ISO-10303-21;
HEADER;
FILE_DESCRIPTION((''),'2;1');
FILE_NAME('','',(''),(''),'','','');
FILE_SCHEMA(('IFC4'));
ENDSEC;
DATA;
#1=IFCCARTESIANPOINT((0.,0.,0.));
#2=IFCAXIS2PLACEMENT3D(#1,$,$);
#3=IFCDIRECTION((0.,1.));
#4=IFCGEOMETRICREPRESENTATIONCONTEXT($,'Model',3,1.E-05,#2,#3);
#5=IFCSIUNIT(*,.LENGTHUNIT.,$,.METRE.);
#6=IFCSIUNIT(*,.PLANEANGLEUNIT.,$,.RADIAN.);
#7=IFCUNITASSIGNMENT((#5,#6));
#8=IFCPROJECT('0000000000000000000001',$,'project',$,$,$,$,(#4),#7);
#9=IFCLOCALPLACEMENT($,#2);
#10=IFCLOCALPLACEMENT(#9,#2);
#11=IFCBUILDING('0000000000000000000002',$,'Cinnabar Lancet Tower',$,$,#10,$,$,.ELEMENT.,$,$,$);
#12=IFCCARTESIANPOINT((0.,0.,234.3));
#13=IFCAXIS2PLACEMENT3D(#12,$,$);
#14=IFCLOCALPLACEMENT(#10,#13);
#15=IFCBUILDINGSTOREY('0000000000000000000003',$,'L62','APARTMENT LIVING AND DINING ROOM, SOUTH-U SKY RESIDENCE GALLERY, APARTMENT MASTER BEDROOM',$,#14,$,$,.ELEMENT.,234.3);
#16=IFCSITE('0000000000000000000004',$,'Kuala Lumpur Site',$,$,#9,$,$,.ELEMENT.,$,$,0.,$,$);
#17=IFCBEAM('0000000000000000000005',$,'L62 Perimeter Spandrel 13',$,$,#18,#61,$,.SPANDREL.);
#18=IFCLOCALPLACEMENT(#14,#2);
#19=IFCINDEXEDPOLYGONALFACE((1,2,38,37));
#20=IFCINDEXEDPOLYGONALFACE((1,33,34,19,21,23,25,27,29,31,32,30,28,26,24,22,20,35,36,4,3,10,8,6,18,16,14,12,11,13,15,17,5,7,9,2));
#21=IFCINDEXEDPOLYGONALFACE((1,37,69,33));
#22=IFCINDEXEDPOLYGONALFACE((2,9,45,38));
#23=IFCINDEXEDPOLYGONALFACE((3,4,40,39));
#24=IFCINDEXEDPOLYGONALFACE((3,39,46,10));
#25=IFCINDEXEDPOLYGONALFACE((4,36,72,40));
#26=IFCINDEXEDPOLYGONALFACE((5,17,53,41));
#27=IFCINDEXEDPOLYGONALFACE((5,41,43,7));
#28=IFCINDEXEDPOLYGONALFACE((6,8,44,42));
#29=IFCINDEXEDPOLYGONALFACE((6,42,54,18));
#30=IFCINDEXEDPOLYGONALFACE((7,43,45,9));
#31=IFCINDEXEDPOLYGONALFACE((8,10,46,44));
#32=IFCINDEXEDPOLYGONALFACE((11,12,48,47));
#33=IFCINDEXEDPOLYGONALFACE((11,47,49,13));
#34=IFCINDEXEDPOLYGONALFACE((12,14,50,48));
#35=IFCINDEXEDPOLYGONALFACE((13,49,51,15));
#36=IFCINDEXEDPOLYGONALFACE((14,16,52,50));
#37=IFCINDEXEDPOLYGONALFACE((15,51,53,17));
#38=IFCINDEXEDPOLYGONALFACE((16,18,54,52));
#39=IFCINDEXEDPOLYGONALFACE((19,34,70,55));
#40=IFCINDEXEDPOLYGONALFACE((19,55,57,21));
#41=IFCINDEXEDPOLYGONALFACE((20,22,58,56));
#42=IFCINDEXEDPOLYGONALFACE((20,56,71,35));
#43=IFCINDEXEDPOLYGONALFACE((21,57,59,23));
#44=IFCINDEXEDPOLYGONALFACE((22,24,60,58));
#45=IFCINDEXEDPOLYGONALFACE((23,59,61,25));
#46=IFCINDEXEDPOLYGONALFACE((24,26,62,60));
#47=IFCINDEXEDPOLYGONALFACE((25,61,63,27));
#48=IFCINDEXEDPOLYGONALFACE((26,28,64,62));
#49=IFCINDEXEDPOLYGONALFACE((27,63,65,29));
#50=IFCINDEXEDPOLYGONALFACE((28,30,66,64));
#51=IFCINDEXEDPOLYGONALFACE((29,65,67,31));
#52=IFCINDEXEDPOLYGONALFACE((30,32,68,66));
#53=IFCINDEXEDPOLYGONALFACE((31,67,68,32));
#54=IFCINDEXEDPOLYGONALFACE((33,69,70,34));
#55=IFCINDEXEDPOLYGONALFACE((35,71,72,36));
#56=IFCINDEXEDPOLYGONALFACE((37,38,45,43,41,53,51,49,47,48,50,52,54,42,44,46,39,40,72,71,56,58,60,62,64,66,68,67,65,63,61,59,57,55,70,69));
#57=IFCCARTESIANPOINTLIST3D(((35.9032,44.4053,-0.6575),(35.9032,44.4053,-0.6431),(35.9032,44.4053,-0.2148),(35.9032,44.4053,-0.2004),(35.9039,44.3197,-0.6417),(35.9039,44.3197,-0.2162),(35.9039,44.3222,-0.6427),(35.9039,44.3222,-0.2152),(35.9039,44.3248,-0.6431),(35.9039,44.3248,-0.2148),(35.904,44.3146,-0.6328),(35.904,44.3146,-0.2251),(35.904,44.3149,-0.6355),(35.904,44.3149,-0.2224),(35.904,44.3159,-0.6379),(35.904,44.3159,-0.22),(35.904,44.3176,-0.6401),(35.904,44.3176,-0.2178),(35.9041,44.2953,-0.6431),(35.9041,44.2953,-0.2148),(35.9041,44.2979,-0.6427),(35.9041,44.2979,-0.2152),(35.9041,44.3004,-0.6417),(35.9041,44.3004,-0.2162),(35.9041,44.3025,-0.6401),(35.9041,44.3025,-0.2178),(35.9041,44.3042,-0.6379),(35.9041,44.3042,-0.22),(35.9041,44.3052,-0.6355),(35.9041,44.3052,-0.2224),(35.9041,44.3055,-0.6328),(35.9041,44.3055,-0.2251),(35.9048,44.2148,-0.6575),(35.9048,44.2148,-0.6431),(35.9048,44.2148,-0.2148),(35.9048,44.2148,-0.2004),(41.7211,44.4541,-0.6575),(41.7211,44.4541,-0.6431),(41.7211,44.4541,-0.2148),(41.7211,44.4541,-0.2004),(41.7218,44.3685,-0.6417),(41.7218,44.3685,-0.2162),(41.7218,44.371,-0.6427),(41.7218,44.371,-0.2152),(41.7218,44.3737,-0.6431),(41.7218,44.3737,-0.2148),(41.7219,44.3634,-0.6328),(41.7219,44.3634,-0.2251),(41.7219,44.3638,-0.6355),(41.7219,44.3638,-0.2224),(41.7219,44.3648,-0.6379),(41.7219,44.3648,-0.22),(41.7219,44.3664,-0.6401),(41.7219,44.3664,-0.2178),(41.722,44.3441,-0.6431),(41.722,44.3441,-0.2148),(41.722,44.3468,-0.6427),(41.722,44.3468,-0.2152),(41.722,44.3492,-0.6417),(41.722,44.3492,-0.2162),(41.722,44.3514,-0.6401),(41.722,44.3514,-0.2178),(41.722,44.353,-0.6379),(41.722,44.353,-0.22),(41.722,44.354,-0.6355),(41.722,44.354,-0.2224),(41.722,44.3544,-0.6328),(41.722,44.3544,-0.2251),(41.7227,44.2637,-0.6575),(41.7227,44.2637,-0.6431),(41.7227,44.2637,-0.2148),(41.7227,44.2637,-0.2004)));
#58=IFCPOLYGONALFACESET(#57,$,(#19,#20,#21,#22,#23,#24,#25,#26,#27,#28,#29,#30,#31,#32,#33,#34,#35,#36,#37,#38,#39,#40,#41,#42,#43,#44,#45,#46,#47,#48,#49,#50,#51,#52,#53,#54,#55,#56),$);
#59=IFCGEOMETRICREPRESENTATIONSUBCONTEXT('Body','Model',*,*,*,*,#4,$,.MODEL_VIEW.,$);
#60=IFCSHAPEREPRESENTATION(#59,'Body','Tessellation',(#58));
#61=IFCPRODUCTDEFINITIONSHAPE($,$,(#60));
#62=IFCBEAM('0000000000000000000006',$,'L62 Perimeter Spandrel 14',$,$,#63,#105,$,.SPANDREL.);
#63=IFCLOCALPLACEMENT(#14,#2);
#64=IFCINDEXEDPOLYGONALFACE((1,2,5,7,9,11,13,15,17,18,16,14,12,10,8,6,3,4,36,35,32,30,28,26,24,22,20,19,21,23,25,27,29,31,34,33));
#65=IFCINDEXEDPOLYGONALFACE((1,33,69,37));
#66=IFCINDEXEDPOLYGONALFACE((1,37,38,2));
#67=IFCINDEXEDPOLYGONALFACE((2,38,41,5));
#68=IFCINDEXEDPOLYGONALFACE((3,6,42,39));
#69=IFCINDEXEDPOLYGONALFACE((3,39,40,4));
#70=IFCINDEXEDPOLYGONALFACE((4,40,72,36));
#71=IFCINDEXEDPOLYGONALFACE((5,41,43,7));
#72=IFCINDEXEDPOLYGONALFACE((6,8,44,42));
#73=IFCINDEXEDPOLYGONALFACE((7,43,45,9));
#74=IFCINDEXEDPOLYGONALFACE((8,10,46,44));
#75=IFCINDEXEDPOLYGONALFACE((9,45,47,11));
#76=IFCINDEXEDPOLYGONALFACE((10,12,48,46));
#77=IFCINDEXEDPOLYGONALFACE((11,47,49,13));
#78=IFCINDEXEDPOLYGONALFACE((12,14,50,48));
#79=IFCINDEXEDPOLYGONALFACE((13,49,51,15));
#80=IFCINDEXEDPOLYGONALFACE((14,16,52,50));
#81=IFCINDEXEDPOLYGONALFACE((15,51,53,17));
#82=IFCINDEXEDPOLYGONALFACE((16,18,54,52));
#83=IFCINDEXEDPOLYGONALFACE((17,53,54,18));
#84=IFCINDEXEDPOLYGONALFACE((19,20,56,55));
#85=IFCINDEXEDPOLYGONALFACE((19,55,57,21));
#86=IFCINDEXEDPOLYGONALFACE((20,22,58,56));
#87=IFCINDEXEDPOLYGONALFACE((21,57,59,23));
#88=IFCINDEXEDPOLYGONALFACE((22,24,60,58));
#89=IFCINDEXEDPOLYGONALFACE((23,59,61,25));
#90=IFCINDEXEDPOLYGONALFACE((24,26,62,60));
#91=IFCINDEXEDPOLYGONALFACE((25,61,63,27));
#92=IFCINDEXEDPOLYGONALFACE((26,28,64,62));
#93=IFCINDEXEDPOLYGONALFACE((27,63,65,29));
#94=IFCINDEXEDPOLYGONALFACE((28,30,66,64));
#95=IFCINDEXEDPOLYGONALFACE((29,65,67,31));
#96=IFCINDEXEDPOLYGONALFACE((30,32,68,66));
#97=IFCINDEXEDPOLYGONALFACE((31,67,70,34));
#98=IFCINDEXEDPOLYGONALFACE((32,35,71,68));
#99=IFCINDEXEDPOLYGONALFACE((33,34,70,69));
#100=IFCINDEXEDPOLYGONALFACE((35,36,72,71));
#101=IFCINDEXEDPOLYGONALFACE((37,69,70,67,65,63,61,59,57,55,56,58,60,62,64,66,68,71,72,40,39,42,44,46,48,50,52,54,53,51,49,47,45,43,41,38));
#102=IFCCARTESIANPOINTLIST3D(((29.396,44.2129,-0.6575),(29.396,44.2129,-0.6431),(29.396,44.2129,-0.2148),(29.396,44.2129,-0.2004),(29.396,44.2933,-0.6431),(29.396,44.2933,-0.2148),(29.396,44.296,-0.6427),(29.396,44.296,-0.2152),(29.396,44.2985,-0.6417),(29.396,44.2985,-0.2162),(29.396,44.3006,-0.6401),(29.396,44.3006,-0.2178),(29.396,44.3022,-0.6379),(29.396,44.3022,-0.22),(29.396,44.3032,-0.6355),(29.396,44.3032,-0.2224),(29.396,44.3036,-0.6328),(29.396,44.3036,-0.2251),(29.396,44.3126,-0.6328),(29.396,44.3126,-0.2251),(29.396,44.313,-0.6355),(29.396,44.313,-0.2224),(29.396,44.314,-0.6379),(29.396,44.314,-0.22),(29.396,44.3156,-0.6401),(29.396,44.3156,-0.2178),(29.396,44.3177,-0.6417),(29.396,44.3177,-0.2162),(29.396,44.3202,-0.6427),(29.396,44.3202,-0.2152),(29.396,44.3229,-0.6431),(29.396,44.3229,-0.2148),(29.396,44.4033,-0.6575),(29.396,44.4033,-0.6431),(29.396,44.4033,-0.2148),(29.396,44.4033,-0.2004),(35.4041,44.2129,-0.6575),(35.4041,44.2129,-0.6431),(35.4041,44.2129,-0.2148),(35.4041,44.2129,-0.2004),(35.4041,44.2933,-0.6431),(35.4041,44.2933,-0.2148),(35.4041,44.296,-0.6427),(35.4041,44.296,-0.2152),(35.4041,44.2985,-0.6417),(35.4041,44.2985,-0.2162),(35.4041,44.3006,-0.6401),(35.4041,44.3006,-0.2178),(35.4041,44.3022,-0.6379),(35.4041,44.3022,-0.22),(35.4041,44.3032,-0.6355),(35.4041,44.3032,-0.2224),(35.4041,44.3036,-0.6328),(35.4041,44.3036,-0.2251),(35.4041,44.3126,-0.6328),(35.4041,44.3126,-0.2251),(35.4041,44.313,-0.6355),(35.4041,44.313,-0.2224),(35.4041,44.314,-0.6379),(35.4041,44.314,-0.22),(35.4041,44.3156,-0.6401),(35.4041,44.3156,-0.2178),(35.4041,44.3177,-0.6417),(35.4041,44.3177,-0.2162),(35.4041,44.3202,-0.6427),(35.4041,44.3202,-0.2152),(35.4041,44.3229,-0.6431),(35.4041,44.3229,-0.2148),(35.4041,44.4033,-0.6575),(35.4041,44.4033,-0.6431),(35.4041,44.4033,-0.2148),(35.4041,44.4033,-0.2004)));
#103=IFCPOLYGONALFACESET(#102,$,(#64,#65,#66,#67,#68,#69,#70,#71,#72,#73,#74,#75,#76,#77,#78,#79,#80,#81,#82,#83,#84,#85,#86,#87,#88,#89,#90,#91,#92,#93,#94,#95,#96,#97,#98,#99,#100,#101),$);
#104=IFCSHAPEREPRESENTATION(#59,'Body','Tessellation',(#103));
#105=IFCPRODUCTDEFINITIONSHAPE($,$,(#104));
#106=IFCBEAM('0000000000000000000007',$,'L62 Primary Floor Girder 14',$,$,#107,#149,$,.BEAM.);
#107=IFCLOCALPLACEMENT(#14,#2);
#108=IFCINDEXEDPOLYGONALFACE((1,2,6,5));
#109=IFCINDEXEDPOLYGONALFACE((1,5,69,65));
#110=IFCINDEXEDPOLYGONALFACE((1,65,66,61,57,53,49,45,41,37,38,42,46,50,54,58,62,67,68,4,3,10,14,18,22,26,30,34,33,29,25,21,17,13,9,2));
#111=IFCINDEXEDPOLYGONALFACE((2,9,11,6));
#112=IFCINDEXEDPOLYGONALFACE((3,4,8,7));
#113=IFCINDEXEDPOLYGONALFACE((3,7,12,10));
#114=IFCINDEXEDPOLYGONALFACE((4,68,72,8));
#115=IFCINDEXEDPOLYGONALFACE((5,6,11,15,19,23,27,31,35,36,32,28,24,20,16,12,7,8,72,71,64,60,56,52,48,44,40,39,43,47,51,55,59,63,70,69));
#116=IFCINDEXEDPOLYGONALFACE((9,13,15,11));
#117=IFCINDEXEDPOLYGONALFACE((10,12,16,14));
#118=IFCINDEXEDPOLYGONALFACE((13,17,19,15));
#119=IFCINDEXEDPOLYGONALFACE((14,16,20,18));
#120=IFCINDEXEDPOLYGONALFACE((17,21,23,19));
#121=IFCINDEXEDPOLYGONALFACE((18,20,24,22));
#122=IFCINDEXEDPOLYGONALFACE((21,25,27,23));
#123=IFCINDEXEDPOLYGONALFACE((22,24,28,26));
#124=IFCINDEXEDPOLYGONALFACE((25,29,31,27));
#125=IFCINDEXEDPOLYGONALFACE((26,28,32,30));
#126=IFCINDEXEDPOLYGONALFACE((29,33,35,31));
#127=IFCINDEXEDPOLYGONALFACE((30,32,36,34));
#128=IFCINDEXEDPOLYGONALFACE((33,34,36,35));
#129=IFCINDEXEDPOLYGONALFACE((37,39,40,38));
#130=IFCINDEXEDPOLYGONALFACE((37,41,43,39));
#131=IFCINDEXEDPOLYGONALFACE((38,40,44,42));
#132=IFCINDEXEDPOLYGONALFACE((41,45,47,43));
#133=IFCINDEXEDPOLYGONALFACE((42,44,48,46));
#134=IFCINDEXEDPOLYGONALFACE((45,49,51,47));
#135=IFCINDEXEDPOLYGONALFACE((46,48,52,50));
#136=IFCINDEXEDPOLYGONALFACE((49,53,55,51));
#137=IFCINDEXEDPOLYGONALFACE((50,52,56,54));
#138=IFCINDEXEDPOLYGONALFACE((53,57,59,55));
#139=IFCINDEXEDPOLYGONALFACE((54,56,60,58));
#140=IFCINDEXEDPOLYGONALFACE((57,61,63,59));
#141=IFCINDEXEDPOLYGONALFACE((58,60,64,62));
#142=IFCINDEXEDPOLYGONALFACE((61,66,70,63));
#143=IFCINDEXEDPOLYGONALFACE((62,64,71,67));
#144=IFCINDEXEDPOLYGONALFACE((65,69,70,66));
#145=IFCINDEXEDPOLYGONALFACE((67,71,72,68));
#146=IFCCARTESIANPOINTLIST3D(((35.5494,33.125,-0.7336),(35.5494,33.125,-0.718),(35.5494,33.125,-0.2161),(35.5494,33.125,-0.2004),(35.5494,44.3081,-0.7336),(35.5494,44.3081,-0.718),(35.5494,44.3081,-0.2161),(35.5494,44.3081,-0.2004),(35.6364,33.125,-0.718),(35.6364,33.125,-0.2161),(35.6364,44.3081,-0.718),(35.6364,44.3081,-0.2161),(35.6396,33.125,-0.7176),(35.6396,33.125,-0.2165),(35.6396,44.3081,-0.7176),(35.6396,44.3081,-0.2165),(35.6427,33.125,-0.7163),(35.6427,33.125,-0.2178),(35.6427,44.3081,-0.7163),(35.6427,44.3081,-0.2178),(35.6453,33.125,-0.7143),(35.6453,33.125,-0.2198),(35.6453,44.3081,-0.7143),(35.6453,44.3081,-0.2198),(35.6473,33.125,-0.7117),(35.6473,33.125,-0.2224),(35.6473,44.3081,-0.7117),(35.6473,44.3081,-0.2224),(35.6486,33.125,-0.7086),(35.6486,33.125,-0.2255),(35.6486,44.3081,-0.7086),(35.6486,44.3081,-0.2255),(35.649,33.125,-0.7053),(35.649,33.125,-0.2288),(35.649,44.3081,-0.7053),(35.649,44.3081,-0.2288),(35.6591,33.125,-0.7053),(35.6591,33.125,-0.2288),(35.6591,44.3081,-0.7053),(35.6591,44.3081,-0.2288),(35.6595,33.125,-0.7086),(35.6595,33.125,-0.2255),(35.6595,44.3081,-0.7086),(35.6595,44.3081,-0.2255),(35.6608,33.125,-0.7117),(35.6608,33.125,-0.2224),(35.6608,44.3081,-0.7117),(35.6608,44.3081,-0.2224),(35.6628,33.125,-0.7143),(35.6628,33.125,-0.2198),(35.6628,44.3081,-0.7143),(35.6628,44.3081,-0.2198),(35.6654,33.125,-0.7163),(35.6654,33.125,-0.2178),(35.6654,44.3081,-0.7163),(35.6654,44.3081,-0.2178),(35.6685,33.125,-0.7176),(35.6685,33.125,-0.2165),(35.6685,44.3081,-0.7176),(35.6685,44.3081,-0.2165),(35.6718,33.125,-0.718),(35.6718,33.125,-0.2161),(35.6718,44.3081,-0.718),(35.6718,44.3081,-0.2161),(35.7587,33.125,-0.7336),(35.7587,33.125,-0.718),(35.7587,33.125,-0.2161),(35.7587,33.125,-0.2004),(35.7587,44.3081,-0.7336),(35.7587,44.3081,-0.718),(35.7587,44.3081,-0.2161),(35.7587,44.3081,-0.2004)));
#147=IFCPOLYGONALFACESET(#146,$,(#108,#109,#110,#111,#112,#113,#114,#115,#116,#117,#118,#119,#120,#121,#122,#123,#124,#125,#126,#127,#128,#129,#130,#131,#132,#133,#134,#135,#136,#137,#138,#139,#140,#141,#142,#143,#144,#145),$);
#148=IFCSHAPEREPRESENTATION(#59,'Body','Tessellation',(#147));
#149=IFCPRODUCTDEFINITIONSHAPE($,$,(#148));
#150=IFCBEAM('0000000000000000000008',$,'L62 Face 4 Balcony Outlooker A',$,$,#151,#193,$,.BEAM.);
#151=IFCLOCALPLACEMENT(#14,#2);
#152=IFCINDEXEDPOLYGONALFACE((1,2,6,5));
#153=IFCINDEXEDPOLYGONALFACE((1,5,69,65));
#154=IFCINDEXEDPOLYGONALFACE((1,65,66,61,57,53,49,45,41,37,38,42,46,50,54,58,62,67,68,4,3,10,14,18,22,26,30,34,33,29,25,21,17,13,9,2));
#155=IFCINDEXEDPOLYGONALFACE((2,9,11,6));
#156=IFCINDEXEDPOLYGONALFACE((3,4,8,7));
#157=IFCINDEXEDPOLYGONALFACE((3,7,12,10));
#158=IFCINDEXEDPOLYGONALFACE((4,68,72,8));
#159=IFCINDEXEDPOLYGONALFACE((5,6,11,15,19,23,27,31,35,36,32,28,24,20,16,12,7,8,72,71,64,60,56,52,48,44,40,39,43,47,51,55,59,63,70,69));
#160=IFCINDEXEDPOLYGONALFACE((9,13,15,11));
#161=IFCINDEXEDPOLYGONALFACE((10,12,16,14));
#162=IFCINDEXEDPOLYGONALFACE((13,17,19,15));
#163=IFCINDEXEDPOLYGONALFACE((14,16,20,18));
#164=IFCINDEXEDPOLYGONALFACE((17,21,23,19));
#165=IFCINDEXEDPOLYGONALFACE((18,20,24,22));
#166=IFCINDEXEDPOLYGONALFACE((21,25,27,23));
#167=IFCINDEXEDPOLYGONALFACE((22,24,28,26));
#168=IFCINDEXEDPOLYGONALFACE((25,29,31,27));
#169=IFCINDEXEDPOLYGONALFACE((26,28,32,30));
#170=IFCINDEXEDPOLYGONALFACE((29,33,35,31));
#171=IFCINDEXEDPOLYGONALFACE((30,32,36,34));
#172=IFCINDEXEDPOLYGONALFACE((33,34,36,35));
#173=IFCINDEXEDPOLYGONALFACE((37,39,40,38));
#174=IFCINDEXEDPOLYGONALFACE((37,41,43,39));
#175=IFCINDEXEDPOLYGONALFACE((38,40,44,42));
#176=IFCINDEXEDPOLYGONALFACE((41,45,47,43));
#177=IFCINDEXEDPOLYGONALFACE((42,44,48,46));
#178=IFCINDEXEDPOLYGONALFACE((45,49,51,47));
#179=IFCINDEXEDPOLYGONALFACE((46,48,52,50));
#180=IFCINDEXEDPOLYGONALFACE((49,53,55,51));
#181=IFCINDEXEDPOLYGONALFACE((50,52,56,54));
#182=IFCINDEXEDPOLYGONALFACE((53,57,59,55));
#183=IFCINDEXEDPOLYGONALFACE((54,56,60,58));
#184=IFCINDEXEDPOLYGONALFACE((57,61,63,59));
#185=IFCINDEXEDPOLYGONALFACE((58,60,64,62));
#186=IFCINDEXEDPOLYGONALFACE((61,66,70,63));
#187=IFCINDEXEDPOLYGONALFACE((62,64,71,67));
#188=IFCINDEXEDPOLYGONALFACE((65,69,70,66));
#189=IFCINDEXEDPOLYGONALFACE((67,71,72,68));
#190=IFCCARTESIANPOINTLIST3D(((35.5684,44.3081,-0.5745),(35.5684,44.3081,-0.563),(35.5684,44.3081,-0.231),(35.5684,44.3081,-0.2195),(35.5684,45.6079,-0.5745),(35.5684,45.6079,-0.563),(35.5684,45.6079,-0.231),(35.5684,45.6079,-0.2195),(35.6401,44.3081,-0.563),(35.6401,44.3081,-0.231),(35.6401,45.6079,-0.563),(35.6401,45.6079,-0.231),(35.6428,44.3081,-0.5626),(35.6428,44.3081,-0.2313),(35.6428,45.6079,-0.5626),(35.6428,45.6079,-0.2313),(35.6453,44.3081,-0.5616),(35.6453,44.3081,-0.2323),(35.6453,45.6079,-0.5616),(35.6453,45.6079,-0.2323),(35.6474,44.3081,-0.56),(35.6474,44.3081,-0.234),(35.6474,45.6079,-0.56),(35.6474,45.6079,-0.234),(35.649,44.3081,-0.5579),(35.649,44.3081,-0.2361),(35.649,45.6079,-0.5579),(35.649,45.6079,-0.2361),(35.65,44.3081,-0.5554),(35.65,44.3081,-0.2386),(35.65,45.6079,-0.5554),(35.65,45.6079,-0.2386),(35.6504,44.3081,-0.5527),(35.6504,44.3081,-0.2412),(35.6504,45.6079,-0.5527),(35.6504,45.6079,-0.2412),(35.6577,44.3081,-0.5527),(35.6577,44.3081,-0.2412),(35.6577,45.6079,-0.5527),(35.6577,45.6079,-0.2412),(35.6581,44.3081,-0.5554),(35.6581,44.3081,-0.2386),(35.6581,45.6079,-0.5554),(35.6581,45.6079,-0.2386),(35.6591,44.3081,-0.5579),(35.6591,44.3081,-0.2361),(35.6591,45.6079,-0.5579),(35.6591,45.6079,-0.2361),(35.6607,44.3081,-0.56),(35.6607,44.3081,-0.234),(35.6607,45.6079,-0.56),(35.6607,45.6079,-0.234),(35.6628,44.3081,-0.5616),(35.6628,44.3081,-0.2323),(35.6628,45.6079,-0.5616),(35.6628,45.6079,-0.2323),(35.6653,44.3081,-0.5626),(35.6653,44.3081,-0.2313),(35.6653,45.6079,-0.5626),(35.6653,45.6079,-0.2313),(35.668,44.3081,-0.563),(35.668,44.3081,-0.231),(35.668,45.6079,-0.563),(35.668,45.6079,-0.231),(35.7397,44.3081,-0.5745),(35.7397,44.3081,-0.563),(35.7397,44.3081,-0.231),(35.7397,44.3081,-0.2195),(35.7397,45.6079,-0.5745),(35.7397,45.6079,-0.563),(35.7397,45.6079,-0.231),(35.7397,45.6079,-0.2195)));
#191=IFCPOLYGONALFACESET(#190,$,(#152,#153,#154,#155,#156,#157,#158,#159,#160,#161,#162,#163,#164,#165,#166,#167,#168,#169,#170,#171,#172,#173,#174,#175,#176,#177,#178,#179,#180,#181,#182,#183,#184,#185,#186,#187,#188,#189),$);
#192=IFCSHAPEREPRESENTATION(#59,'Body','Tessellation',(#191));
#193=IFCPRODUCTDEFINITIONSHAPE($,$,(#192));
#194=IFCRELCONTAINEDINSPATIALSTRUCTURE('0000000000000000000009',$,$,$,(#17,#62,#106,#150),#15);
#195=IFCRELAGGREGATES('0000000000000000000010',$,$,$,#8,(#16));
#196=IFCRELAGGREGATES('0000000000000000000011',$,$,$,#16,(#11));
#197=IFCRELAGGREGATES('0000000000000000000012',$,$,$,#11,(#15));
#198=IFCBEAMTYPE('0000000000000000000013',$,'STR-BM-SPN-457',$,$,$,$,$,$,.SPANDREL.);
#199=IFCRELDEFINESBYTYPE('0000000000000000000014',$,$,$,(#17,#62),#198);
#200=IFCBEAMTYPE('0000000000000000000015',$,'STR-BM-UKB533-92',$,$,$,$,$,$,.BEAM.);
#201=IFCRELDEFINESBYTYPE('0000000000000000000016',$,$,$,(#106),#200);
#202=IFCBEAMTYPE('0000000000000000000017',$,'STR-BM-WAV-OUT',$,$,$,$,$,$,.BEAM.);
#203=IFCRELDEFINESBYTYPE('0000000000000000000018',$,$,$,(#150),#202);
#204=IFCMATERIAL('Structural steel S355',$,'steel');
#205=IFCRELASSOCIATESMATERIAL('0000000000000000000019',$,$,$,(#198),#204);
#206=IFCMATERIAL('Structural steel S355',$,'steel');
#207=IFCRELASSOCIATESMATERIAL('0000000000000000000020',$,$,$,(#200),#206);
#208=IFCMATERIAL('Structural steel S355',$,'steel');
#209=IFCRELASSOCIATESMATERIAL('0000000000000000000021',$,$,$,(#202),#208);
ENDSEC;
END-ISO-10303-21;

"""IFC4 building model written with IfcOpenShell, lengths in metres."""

from ifc_helpers import new_model, si_unit, direction, frame, origin, origin_2d, place, context, subcontext, project, spatial, i_section, extrude, material, material_profile, profile_set, type_object, element, save


model = new_model("IFC4")

# Units and contexts
model_context = context("Model", 3, precision=1e-05, world=origin(), true_north=direction((0.0, 1.0)))
body_context = subcontext(model_context, "Body", "Model", "MODEL_VIEW")
ifc_project = project(units=[si_unit("LENGTHUNIT", "METRE"), si_unit("PLANEANGLEUNIT", "RADIAN")], contexts=[model_context])

# Site, building, storey
site_placement = place(None, origin())
site = spatial("IfcSite", under=ifc_project, at=site_placement, Name="Kuala Lumpur Site", CompositionType="ELEMENT", RefElevation=0.0)
building_placement = place(site_placement, origin())
building = spatial("IfcBuilding", under=site, at=building_placement, Name="Cinnabar Lancet Tower", CompositionType="ELEMENT")
storey_placement = place(building_placement, frame((0.0, 0.0, 234.3)))
storey = spatial("IfcBuildingStorey", under=building, at=storey_placement, Name="L62", Description="APARTMENT LIVING AND DINING ROOM, SOUTH-U SKY RESIDENCE GALLERY, APARTMENT MASTER BEDROOM", CompositionType="ELEMENT", Elevation=234.3)

# Beams
ifc_material_1 = material(Name="Structural steel S355", Category="steel")
ifc_material_profile_1 = material_profile(ifc_material_1, i_section(OverallWidth=0.1904, OverallDepth=0.457, WebThickness=0.009, FlangeThickness=0.0144, FilletRadius=0.0103, at=origin_2d()), Name="UKB 457x191x74")
ifc_profile_set_1 = profile_set([ifc_material_profile_1], Name="Structural steel S355")
beam_type_1 = type_object("IfcBeamType", Name="STR-BM-SPN-457", PredefinedType="SPANDREL", material=ifc_profile_set_1)
beam_1_placement = place(storey_placement, frame((41.7219, 44.3589, -0.429), z_axis=(-0.999965, -0.008392, 0.0), x_axis=(0.008392, -0.999965, 0.0)))
element("IfcBeam", 1, at=beam_1_placement, inside=storey, type_object=beam_type_1, Name="L62 Perimeter Spandrel 13", PredefinedType="SPANDREL", context=body_context, shape_type="SweptSolid", body=[
    extrude(i_section(OverallWidth=0.1904, OverallDepth=0.457, WebThickness=0.009, FlangeThickness=0.0144, FilletRadius=0.0103, at=origin_2d()), origin(), (0.0, 0.0, 1.0), 5.8181),
])
beam_2_placement = place(storey_placement, frame((35.4041, 44.3081, -0.429), z_axis=(-1.0, 0.0, 0.0), x_axis=(0.0, -1.0, 0.0)))
element("IfcBeam", 2, at=beam_2_placement, inside=storey, type_object=beam_type_1, Name="L62 Perimeter Spandrel 14", PredefinedType="SPANDREL", context=body_context, shape_type="SweptSolid", body=[
    extrude(i_section(OverallWidth=0.1904, OverallDepth=0.457, WebThickness=0.009, FlangeThickness=0.0144, FilletRadius=0.0103, at=origin_2d()), origin(), (0.0, 0.0, 1.0), 6.0081),
])
ifc_material_2 = material(Name="Structural steel S355", Category="steel")
ifc_material_profile_2 = material_profile(ifc_material_2, i_section(OverallWidth=0.2092, OverallDepth=0.5332, WebThickness=0.01, FlangeThickness=0.0156, FilletRadius=0.0127, at=origin_2d()), Name="UKB 533x210x92")
ifc_profile_set_2 = profile_set([ifc_material_profile_2], Name="Structural steel S355")
beam_type_2 = type_object("IfcBeamType", Name="STR-BM-UKB533-92", PredefinedType="BEAM", material=ifc_profile_set_2)
beam_3_placement = place(storey_placement, frame((35.6541, 44.3081, -0.467), z_axis=(0.0, -1.0, 0.0), x_axis=(1.0, 0.0, 0.0)))
element("IfcBeam", 3, at=beam_3_placement, inside=storey, type_object=beam_type_2, Name="L62 Primary Floor Girder 14", PredefinedType="BEAM", context=body_context, shape_type="SweptSolid", body=[
    extrude(i_section(OverallWidth=0.2092, OverallDepth=0.5332, WebThickness=0.01, FlangeThickness=0.0156, FilletRadius=0.0127, at=origin_2d()), origin(), (0.0, 0.0, 1.0), 11.1831),
])
ifc_material_3 = material(Name="Structural steel S355", Category="steel")
ifc_material_profile_3 = material_profile(ifc_material_3, i_section(OverallWidth=0.1714, OverallDepth=0.355, WebThickness=0.0073, FlangeThickness=0.0115, FilletRadius=0.0103, at=origin_2d()), Name="UKB 356x171x51")
ifc_profile_set_3 = profile_set([ifc_material_profile_3], Name="Structural steel S355")
beam_type_3 = type_object("IfcBeamType", Name="STR-BM-WAV-OUT", PredefinedType="BEAM", material=ifc_profile_set_3)
beam_4_placement = place(storey_placement, frame((35.6541, 44.3081, -0.397), z_axis=(0.0, 1.0, 0.0), x_axis=(-1.0, 0.0, 0.0)))
element("IfcBeam", 4, at=beam_4_placement, inside=storey, type_object=beam_type_3, Name="L62 Face 4 Balcony Outlooker A", PredefinedType="BEAM", context=body_context, shape_type="SweptSolid", body=[
    extrude(i_section(OverallWidth=0.1714, OverallDepth=0.355, WebThickness=0.0073, FlangeThickness=0.0115, FilletRadius=0.0103, at=origin_2d()), origin(), (0.0, 0.0, 1.0), 1.2998),
])

save(model, "model.ifc")
